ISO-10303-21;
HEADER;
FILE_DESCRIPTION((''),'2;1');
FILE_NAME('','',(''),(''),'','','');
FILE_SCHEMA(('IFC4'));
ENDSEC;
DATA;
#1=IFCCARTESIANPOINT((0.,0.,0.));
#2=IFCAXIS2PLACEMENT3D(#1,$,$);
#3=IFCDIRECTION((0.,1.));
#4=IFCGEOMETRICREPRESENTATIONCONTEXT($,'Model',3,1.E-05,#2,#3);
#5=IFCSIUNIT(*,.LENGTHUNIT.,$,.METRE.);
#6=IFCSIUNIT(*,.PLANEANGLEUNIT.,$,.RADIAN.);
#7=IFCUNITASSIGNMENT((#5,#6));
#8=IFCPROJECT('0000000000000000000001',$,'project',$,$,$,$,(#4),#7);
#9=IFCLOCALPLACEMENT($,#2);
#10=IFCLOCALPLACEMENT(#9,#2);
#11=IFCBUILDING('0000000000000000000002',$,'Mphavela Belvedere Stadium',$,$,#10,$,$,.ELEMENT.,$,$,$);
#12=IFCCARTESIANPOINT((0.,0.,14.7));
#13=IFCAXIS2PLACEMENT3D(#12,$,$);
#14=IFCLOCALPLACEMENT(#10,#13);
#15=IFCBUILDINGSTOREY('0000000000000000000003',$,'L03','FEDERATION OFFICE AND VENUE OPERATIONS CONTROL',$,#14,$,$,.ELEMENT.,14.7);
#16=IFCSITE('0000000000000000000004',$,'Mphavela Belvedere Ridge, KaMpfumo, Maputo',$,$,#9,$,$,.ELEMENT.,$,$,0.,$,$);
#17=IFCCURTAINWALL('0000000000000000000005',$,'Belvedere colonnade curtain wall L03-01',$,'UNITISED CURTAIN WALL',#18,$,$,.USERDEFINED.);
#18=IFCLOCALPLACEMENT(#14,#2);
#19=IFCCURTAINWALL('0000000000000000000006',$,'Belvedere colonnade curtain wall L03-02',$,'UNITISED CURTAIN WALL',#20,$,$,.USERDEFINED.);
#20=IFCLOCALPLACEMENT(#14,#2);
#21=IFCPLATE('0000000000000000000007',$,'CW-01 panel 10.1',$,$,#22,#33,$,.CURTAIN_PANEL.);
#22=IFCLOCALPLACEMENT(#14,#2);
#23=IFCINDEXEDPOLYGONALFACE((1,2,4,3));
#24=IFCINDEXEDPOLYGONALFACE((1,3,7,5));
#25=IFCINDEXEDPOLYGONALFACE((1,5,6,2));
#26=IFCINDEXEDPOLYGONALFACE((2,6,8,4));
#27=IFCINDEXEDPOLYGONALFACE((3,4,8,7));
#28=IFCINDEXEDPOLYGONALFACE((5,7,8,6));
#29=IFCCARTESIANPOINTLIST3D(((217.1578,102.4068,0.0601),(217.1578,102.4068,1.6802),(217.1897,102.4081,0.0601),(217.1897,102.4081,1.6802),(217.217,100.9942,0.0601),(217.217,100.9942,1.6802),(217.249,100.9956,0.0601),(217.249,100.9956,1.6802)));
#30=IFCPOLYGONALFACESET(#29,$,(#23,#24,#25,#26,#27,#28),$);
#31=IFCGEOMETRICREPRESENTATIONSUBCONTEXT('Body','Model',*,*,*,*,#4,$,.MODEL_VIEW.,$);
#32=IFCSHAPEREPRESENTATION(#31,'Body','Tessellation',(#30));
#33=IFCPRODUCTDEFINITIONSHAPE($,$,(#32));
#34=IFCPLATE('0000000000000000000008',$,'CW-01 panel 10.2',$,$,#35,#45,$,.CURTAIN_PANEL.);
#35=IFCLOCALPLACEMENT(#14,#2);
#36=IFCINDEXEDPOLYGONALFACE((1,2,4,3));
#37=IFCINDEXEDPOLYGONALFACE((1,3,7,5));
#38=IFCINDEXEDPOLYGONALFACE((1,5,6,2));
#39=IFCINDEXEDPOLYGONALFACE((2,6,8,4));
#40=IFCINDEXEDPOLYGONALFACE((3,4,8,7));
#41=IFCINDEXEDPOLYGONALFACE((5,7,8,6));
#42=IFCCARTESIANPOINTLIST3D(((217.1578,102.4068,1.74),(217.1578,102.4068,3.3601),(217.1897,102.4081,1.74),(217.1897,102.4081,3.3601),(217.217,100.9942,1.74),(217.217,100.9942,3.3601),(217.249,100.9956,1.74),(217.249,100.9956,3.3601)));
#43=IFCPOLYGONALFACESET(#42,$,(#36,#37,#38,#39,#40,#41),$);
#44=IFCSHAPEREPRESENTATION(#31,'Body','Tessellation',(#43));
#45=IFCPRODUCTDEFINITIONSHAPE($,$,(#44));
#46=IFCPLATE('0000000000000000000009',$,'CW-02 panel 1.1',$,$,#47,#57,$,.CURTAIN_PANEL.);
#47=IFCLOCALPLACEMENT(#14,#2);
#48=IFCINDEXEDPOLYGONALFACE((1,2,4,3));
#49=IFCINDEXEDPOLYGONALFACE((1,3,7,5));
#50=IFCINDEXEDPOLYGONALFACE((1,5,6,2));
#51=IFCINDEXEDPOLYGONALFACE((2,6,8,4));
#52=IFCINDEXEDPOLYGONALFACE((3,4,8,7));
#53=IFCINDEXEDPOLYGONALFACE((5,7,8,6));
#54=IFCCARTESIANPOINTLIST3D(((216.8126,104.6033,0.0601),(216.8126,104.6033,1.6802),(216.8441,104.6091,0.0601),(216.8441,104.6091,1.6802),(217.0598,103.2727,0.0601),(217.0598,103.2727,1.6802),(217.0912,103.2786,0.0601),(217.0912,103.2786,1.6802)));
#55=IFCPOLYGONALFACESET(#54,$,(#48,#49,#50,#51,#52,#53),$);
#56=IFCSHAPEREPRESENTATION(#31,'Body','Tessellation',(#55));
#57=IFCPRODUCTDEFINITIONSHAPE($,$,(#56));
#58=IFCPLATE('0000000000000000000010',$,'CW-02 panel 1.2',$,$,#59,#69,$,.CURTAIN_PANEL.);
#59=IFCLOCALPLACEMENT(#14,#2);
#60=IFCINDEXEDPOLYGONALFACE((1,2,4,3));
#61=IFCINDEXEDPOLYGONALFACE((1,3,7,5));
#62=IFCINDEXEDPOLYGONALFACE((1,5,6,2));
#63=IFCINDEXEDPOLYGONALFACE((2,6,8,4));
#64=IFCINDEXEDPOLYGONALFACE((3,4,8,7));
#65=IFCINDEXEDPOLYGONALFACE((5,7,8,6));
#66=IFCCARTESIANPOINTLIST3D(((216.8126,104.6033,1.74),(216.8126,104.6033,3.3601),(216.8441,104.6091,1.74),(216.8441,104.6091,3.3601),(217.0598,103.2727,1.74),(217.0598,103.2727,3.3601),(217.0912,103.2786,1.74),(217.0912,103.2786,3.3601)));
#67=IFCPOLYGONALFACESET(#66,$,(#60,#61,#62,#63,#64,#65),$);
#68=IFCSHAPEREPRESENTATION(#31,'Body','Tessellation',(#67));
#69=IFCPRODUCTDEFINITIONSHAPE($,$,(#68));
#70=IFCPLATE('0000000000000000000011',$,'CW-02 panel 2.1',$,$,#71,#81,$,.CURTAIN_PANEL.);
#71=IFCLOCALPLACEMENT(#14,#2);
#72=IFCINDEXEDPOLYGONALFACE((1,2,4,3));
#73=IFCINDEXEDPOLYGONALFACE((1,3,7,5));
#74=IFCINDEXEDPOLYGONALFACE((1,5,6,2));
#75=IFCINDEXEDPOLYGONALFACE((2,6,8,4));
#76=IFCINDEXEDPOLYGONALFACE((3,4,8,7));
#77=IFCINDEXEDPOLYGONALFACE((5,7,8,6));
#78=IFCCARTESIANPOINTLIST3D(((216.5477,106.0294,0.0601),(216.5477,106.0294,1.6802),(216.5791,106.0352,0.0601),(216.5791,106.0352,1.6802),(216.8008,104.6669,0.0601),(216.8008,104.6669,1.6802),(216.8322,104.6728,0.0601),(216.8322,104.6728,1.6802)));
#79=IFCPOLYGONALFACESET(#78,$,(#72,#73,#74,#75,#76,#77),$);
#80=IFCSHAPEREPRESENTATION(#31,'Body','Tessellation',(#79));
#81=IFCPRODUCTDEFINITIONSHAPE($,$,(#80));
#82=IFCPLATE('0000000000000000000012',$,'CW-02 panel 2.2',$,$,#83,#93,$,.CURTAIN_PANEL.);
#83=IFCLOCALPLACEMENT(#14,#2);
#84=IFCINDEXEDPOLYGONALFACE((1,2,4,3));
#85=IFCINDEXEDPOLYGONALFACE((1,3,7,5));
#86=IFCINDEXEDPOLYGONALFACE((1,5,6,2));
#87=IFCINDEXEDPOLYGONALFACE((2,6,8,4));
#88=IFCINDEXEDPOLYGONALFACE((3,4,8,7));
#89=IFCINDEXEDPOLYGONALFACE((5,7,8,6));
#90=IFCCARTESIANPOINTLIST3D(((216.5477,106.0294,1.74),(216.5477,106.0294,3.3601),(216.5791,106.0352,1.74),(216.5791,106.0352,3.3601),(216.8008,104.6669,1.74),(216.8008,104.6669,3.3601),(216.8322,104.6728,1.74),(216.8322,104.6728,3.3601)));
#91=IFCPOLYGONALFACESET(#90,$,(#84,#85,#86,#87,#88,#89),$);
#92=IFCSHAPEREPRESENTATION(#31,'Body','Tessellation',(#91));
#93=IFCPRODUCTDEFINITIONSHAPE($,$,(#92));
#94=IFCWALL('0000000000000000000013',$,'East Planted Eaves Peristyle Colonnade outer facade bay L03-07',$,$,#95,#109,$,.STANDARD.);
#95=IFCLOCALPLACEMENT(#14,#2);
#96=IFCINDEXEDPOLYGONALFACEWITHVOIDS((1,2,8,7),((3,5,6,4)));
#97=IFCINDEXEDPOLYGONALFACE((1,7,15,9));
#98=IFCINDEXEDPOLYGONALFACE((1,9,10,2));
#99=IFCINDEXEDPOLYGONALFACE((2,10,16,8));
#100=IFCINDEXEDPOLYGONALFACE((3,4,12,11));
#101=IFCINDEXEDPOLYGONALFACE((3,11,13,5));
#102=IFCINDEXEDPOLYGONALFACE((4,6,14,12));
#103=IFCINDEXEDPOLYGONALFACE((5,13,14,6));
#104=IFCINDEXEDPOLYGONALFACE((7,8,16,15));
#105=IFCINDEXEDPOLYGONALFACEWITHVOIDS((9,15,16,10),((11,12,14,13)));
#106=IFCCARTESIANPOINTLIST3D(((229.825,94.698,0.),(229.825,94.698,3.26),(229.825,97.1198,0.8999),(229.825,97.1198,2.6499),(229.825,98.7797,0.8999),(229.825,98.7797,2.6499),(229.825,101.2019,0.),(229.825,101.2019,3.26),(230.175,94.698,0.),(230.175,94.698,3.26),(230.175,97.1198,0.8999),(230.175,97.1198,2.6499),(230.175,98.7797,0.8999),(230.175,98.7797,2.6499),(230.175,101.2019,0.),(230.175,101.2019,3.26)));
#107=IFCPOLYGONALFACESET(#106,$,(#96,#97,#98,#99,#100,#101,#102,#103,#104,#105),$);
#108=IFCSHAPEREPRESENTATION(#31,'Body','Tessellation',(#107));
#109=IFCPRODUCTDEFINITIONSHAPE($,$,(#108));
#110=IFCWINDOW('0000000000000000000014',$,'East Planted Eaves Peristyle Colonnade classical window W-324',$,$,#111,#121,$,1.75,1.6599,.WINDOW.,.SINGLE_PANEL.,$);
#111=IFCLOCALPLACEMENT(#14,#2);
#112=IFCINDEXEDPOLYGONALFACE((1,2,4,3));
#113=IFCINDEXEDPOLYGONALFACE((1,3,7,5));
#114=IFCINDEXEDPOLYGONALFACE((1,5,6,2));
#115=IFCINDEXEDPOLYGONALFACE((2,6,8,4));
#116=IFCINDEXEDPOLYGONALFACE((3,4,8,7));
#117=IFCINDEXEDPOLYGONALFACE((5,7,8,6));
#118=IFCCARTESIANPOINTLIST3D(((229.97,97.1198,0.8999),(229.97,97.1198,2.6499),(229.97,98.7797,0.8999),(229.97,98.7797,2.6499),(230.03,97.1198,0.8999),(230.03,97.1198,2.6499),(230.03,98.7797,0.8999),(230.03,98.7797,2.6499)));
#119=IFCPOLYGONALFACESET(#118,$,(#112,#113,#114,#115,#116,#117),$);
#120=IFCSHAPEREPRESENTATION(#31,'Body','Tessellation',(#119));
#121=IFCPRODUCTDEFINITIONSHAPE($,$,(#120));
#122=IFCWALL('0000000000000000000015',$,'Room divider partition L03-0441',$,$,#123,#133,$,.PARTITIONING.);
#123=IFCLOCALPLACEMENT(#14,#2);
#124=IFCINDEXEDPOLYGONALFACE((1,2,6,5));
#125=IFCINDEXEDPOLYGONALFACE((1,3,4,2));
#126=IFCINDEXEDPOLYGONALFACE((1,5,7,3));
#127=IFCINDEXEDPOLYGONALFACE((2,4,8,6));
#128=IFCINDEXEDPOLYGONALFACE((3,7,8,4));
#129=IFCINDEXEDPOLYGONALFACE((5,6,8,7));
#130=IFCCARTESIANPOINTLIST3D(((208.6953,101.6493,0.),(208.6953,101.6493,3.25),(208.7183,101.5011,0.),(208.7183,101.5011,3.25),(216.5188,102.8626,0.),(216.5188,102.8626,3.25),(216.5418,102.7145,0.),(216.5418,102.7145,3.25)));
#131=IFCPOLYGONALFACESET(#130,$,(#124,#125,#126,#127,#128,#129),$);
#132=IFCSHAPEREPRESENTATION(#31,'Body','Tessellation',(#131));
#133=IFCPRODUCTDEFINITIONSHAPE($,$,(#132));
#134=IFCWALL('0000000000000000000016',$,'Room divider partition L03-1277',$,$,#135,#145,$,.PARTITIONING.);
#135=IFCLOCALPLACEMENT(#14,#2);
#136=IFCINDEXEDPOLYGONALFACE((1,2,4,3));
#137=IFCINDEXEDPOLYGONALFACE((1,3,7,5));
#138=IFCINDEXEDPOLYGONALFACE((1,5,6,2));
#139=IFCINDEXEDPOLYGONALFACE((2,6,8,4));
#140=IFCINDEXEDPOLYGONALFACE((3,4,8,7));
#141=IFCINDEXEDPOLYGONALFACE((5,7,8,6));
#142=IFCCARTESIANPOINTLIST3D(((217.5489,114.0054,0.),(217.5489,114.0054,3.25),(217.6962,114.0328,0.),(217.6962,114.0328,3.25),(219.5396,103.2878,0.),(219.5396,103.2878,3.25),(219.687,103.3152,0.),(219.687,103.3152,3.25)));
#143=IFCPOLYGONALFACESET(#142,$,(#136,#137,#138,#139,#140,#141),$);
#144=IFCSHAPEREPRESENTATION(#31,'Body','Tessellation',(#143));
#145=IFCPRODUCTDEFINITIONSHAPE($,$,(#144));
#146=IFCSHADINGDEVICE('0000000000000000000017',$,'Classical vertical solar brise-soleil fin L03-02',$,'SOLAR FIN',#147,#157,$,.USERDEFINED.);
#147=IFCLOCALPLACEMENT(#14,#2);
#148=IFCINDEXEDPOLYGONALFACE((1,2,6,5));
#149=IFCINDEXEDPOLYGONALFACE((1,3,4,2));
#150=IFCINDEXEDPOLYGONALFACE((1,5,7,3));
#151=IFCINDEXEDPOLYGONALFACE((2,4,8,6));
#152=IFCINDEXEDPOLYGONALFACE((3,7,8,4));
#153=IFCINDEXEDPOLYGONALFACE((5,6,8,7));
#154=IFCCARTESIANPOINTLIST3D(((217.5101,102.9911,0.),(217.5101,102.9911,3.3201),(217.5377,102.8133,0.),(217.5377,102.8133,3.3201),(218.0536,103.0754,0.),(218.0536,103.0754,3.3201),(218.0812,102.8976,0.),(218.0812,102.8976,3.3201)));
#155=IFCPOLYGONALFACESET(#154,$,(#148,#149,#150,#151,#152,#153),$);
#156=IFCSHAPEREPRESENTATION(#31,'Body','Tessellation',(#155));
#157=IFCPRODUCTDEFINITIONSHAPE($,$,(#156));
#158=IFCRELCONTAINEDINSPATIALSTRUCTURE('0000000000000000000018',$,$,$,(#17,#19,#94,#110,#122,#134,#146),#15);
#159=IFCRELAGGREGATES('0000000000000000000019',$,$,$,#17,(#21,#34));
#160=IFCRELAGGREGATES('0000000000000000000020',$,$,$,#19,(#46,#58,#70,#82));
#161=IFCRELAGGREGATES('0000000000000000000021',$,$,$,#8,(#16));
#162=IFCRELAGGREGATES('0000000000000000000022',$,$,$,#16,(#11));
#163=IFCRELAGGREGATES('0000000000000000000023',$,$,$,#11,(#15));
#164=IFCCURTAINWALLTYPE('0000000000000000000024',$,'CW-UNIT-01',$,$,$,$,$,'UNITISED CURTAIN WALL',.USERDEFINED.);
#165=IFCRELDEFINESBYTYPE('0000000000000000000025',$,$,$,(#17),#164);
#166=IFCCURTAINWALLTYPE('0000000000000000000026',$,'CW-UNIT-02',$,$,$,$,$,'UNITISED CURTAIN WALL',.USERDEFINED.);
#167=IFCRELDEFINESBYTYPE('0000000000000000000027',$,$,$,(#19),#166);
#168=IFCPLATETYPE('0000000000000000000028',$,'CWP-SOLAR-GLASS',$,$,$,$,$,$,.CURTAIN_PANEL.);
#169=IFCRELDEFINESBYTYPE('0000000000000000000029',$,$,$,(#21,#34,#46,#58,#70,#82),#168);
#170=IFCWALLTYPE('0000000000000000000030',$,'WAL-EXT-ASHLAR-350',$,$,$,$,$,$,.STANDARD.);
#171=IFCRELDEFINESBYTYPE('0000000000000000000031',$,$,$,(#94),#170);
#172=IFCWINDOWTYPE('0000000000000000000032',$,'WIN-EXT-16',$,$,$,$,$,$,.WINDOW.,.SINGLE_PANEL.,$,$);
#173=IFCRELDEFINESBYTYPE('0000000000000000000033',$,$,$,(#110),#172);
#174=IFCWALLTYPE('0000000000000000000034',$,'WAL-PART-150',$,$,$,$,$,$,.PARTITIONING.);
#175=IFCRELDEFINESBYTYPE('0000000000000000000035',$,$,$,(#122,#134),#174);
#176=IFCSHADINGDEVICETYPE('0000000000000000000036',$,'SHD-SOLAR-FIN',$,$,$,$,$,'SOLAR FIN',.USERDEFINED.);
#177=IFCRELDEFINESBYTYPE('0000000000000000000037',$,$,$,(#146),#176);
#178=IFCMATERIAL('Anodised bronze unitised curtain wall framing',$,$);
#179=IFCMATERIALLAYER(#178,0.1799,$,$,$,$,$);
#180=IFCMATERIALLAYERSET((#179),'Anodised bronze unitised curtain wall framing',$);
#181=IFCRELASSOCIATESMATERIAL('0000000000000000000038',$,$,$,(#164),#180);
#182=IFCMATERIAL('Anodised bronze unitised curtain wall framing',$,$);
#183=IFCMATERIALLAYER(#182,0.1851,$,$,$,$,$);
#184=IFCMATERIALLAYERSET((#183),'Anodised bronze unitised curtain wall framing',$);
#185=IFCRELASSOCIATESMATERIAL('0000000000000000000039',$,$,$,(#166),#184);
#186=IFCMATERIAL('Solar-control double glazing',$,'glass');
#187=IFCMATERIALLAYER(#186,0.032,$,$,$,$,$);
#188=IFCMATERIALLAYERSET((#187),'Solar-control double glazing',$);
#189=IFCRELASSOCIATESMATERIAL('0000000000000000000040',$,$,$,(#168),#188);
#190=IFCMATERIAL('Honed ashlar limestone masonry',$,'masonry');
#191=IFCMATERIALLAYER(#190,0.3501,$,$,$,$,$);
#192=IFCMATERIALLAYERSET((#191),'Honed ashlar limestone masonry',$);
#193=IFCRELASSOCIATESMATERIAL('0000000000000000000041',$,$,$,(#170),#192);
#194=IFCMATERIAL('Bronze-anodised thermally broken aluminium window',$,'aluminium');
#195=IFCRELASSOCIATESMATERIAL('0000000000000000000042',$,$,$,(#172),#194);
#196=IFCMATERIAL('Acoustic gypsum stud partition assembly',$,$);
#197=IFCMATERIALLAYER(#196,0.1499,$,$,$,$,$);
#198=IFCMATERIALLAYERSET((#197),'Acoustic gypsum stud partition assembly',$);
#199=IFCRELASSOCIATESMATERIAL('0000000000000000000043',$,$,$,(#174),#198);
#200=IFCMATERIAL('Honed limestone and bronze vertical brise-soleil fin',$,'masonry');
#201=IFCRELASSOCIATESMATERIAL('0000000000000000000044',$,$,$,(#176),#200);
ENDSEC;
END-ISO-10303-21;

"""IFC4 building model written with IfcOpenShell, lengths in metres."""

from ifc_helpers import new_model, si_unit, direction, frame, frame_2d, origin, origin_2d, place, context, subcontext, project, spatial, rectangle, extrude, material, layer, layer_set, type_object, element, fill, aggregate, save


model = new_model("IFC4")

# Units and contexts
model_context = context("Model", 3, precision=1e-05, world=origin(), true_north=direction((0.0, 1.0)))
body_context = subcontext(model_context, "Body", "Model", "MODEL_VIEW")
ifc_project = project(units=[si_unit("LENGTHUNIT", "METRE"), si_unit("PLANEANGLEUNIT", "RADIAN")], contexts=[model_context])

# Site, building, storey
site_placement = place(None, origin())
site = spatial("IfcSite", under=ifc_project, at=site_placement, Name="Mphavela Belvedere Ridge, KaMpfumo, Maputo", CompositionType="ELEMENT", RefElevation=0.0)
building_placement = place(site_placement, origin())
building = spatial("IfcBuilding", under=site, at=building_placement, Name="Mphavela Belvedere Stadium", CompositionType="ELEMENT")
storey_placement = place(building_placement, frame((0.0, 0.0, 14.7)))
storey = spatial("IfcBuildingStorey", under=building, at=storey_placement, Name="L03", Description="FEDERATION OFFICE AND VENUE OPERATIONS CONTROL", CompositionType="ELEMENT", Elevation=14.7)

# Curtain wall
ifc_material_1 = material(Name="Anodised bronze unitised curtain wall framing")
ifc_layer_1 = layer(ifc_material_1, 0.1799)
ifc_layer_set_1 = layer_set([ifc_layer_1], Name="Anodised bronze unitised curtain wall framing")
curtain_wall_type_1 = type_object("IfcCurtainWallType", Name="CW-UNIT-01", ElementType="UNITISED CURTAIN WALL", PredefinedType="USERDEFINED", material=ifc_layer_set_1)
curtain_wall_1_placement = place(storey_placement, origin())
curtain_wall_1 = element("IfcCurtainWall", 1, at=curtain_wall_1_placement, inside=storey, type_object=curtain_wall_type_1, Name="Belvedere colonnade curtain wall L03-01", ObjectType="UNITISED CURTAIN WALL", PredefinedType="USERDEFINED")

# Curtain wall
ifc_material_2 = material(Name="Anodised bronze unitised curtain wall framing")
ifc_layer_2 = layer(ifc_material_2, 0.1851)
ifc_layer_set_2 = layer_set([ifc_layer_2], Name="Anodised bronze unitised curtain wall framing")
curtain_wall_type_2 = type_object("IfcCurtainWallType", Name="CW-UNIT-02", ElementType="UNITISED CURTAIN WALL", PredefinedType="USERDEFINED", material=ifc_layer_set_2)
curtain_wall_2_placement = place(storey_placement, origin())
curtain_wall_2 = element("IfcCurtainWall", 2, at=curtain_wall_2_placement, inside=storey, type_object=curtain_wall_type_2, Name="Belvedere colonnade curtain wall L03-02", ObjectType="UNITISED CURTAIN WALL", PredefinedType="USERDEFINED")

# Plates
ifc_material_3 = material(Name="Solar-control double glazing", Category="glass")
ifc_layer_3 = layer(ifc_material_3, 0.032)
ifc_layer_set_3 = layer_set([ifc_layer_3], Name="Solar-control double glazing")
plate_type = type_object("IfcPlateType", Name="CWP-SOLAR-GLASS", PredefinedType="CURTAIN_PANEL", material=ifc_layer_set_3)
plate_1_placement = place(storey_placement, frame((217.2034, 101.7012, 0.0601), z_axis=(0.0, 0.0, 1.0), x_axis=(-0.041911, 0.999121, 0.0)))
plate_1 = element("IfcPlate", 3, at=plate_1_placement, type_object=plate_type, Name="CW-01 panel 10.1", PredefinedType="CURTAIN_PANEL", context=body_context, shape_type="SweptSolid", body=[
    extrude(rectangle(XDim=1.4138, YDim=0.032, at=origin_2d()), origin(), (0.0, 0.0, 1.0), 1.6201),
])
plate_2_placement = place(storey_placement, frame((217.2034, 101.7012, 1.74), z_axis=(0.0, 0.0, 1.0), x_axis=(-0.041911, 0.999121, 0.0)))
plate_2 = element("IfcPlate", 4, at=plate_2_placement, type_object=plate_type, Name="CW-01 panel 10.2", PredefinedType="CURTAIN_PANEL", context=body_context, shape_type="SweptSolid", body=[
    extrude(rectangle(XDim=1.4138, YDim=0.032, at=origin_2d()), origin(), (0.0, 0.0, 1.0), 1.6201),
])
aggregate(curtain_wall_1, [plate_1, plate_2])
plate_3_placement = place(storey_placement, frame((216.9519, 103.9409, 0.0601), z_axis=(0.0, 0.0, 1.0), x_axis=(-0.182631, 0.983181, 0.0)))
plate_3 = element("IfcPlate", 5, at=plate_3_placement, type_object=plate_type, Name="CW-02 panel 1.1", PredefinedType="CURTAIN_PANEL", context=body_context, shape_type="SweptSolid", body=[
    extrude(rectangle(XDim=1.3533, YDim=0.032, at=origin_2d()), origin(), (0.0, 0.0, 1.0), 1.6201),
])
plate_4_placement = place(storey_placement, frame((216.9519, 103.9409, 1.74), z_axis=(0.0, 0.0, 1.0), x_axis=(-0.182631, 0.983181, 0.0)))
plate_4 = element("IfcPlate", 6, at=plate_4_placement, type_object=plate_type, Name="CW-02 panel 1.2", PredefinedType="CURTAIN_PANEL", context=body_context, shape_type="SweptSolid", body=[
    extrude(rectangle(XDim=1.3533, YDim=0.032, at=origin_2d()), origin(), (0.0, 0.0, 1.0), 1.6201),
])
plate_5_placement = place(storey_placement, frame((216.6899, 105.3511, 0.0601), z_axis=(0.0, 0.0, 1.0), x_axis=(-0.182631, 0.983181, 0.0)))
plate_5 = element("IfcPlate", 7, at=plate_5_placement, type_object=plate_type, Name="CW-02 panel 2.1", PredefinedType="CURTAIN_PANEL", context=body_context, shape_type="SweptSolid", body=[
    extrude(rectangle(XDim=1.3857, YDim=0.032, at=origin_2d()), origin(), (0.0, 0.0, 1.0), 1.6201),
])
plate_6_placement = place(storey_placement, frame((216.6899, 105.3511, 1.74), z_axis=(0.0, 0.0, 1.0), x_axis=(-0.182631, 0.983181, 0.0)))
plate_6 = element("IfcPlate", 8, at=plate_6_placement, type_object=plate_type, Name="CW-02 panel 2.2", PredefinedType="CURTAIN_PANEL", context=body_context, shape_type="SweptSolid", body=[
    extrude(rectangle(XDim=1.3857, YDim=0.032, at=origin_2d()), origin(), (0.0, 0.0, 1.0), 1.6201),
])
aggregate(curtain_wall_2, [plate_3, plate_4, plate_5, plate_6])

# Wall, opening, window
ifc_material_4 = material(Name="Honed ashlar limestone masonry", Category="masonry")
ifc_layer_4 = layer(ifc_material_4, 0.3501)
ifc_layer_set_4 = layer_set([ifc_layer_4], Name="Honed ashlar limestone masonry")
wall_type_1 = type_object("IfcWallType", Name="WAL-EXT-ASHLAR-350", PredefinedType="STANDARD", material=ifc_layer_set_4)
wall_1_placement = place(storey_placement, frame((230.0, 101.2019, 0.0), z_axis=(0.0, 0.0, 1.0), x_axis=(0.0, -1.0, 0.0)))
wall_1 = element("IfcWall", 9, at=wall_1_placement, inside=storey, type_object=wall_type_1, Name="East Planted Eaves Peristyle Colonnade outer facade bay L03-07", PredefinedType="STANDARD", context=body_context, shape_type="SweptSolid", body=[
    extrude(rectangle(XDim=6.5039, YDim=0.3501, at=frame_2d((3.252, 0.0))), origin(), (0.0, 0.0, 1.0), 3.26),
])
opening_placement = place(wall_1_placement, frame((2.4221, 0.0, 0.8999)))
opening = element("IfcOpeningElement", 10, at=opening_placement, cuts=wall_1, PredefinedType="OPENING", context=body_context, shape_type="SweptSolid", body=[
    extrude(rectangle(XDim=1.6599, YDim=1.75, at=frame_2d((0.8301, 0.875))), frame((0.0, 0.1851, 0.0), z_axis=(0.0, -1.0, 0.0), x_axis=(1.0, 0.0, 0.0)), (0.0, 0.0, 1.0), 0.3701),
])
ifc_material_5 = material(Name="Bronze-anodised thermally broken aluminium window", Category="aluminium")
window_type = type_object("IfcWindowType", Name="WIN-EXT-16", PartitioningType="SINGLE_PANEL", PredefinedType="WINDOW", material=ifc_material_5)
window_placement = place(opening_placement, origin())
window = element("IfcWindow", 11, at=window_placement, inside=storey, type_object=window_type, Name="East Planted Eaves Peristyle Colonnade classical window W-324", OverallHeight=1.75, OverallWidth=1.6599, PartitioningType="SINGLE_PANEL", PredefinedType="WINDOW", context=body_context, shape_type="SweptSolid", body=[
    extrude(rectangle(XDim=1.6599, YDim=1.75, at=frame_2d((0.8301, 0.875))), frame((0.0, 0.03, 0.0), z_axis=(0.0, -1.0, 0.0), x_axis=(1.0, 0.0, 0.0)), (0.0, 0.0, 1.0), 0.0601),
])
fill(opening, window)

# Walls
ifc_material_6 = material(Name="Acoustic gypsum stud partition assembly")
ifc_layer_5 = layer(ifc_material_6, 0.1499)
ifc_layer_set_5 = layer_set([ifc_layer_5], Name="Acoustic gypsum stud partition assembly")
wall_type_2 = type_object("IfcWallType", Name="WAL-PART-150", PredefinedType="PARTITIONING", material=ifc_layer_set_5)
wall_2_placement = place(storey_placement, frame((216.5303, 102.7886, 0.0), z_axis=(0.0, 0.0, 1.0), x_axis=(-0.988186, -0.153262, 0.0)))
element("IfcWall", 12, at=wall_2_placement, inside=storey, type_object=wall_type_2, Name="Room divider partition L03-0441", PredefinedType="PARTITIONING", context=body_context, shape_type="SweptSolid", body=[
    extrude(rectangle(XDim=7.917, YDim=0.1499, at=frame_2d((3.9585, 0.0))), origin(), (0.0, 0.0, 1.0), 3.25),
])
wall_3_placement = place(storey_placement, frame((219.6133, 103.3015, 0.0), z_axis=(0.0, 0.0, 1.0), x_axis=(-0.182621, 0.983183, 0.0)))
element("IfcWall", 13, at=wall_3_placement, inside=storey, type_object=wall_type_2, Name="Room divider partition L03-1277", PredefinedType="PARTITIONING", context=body_context, shape_type="SweptSolid", body=[
    extrude(rectangle(XDim=10.9009, YDim=0.1499, at=frame_2d((5.4504, 0.0))), origin(), (0.0, 0.0, 1.0), 3.25),
])

# Shading device
ifc_material_7 = material(Name="Honed limestone and bronze vertical brise-soleil fin", Category="masonry")
shading_device_type = type_object("IfcShadingDeviceType", Name="SHD-SOLAR-FIN", ElementType="SOLAR FIN", PredefinedType="USERDEFINED", material=ifc_material_7)
shading_device_placement = place(storey_placement, frame((217.7957, 102.9443, 0.0), z_axis=(0.0, 0.0, 1.0), x_axis=(0.988175, 0.153331, 0.0)))
element("IfcShadingDevice", 14, at=shading_device_placement, inside=storey, type_object=shading_device_type, Name="Classical vertical solar brise-soleil fin L03-02", ObjectType="SOLAR FIN", PredefinedType="USERDEFINED", context=body_context, shape_type="SweptSolid", body=[
    extrude(rectangle(XDim=0.55, YDim=0.1799, at=origin_2d()), origin(), (0.0, 0.0, 1.0), 3.3201),
])

save(model, "model.ifc")
